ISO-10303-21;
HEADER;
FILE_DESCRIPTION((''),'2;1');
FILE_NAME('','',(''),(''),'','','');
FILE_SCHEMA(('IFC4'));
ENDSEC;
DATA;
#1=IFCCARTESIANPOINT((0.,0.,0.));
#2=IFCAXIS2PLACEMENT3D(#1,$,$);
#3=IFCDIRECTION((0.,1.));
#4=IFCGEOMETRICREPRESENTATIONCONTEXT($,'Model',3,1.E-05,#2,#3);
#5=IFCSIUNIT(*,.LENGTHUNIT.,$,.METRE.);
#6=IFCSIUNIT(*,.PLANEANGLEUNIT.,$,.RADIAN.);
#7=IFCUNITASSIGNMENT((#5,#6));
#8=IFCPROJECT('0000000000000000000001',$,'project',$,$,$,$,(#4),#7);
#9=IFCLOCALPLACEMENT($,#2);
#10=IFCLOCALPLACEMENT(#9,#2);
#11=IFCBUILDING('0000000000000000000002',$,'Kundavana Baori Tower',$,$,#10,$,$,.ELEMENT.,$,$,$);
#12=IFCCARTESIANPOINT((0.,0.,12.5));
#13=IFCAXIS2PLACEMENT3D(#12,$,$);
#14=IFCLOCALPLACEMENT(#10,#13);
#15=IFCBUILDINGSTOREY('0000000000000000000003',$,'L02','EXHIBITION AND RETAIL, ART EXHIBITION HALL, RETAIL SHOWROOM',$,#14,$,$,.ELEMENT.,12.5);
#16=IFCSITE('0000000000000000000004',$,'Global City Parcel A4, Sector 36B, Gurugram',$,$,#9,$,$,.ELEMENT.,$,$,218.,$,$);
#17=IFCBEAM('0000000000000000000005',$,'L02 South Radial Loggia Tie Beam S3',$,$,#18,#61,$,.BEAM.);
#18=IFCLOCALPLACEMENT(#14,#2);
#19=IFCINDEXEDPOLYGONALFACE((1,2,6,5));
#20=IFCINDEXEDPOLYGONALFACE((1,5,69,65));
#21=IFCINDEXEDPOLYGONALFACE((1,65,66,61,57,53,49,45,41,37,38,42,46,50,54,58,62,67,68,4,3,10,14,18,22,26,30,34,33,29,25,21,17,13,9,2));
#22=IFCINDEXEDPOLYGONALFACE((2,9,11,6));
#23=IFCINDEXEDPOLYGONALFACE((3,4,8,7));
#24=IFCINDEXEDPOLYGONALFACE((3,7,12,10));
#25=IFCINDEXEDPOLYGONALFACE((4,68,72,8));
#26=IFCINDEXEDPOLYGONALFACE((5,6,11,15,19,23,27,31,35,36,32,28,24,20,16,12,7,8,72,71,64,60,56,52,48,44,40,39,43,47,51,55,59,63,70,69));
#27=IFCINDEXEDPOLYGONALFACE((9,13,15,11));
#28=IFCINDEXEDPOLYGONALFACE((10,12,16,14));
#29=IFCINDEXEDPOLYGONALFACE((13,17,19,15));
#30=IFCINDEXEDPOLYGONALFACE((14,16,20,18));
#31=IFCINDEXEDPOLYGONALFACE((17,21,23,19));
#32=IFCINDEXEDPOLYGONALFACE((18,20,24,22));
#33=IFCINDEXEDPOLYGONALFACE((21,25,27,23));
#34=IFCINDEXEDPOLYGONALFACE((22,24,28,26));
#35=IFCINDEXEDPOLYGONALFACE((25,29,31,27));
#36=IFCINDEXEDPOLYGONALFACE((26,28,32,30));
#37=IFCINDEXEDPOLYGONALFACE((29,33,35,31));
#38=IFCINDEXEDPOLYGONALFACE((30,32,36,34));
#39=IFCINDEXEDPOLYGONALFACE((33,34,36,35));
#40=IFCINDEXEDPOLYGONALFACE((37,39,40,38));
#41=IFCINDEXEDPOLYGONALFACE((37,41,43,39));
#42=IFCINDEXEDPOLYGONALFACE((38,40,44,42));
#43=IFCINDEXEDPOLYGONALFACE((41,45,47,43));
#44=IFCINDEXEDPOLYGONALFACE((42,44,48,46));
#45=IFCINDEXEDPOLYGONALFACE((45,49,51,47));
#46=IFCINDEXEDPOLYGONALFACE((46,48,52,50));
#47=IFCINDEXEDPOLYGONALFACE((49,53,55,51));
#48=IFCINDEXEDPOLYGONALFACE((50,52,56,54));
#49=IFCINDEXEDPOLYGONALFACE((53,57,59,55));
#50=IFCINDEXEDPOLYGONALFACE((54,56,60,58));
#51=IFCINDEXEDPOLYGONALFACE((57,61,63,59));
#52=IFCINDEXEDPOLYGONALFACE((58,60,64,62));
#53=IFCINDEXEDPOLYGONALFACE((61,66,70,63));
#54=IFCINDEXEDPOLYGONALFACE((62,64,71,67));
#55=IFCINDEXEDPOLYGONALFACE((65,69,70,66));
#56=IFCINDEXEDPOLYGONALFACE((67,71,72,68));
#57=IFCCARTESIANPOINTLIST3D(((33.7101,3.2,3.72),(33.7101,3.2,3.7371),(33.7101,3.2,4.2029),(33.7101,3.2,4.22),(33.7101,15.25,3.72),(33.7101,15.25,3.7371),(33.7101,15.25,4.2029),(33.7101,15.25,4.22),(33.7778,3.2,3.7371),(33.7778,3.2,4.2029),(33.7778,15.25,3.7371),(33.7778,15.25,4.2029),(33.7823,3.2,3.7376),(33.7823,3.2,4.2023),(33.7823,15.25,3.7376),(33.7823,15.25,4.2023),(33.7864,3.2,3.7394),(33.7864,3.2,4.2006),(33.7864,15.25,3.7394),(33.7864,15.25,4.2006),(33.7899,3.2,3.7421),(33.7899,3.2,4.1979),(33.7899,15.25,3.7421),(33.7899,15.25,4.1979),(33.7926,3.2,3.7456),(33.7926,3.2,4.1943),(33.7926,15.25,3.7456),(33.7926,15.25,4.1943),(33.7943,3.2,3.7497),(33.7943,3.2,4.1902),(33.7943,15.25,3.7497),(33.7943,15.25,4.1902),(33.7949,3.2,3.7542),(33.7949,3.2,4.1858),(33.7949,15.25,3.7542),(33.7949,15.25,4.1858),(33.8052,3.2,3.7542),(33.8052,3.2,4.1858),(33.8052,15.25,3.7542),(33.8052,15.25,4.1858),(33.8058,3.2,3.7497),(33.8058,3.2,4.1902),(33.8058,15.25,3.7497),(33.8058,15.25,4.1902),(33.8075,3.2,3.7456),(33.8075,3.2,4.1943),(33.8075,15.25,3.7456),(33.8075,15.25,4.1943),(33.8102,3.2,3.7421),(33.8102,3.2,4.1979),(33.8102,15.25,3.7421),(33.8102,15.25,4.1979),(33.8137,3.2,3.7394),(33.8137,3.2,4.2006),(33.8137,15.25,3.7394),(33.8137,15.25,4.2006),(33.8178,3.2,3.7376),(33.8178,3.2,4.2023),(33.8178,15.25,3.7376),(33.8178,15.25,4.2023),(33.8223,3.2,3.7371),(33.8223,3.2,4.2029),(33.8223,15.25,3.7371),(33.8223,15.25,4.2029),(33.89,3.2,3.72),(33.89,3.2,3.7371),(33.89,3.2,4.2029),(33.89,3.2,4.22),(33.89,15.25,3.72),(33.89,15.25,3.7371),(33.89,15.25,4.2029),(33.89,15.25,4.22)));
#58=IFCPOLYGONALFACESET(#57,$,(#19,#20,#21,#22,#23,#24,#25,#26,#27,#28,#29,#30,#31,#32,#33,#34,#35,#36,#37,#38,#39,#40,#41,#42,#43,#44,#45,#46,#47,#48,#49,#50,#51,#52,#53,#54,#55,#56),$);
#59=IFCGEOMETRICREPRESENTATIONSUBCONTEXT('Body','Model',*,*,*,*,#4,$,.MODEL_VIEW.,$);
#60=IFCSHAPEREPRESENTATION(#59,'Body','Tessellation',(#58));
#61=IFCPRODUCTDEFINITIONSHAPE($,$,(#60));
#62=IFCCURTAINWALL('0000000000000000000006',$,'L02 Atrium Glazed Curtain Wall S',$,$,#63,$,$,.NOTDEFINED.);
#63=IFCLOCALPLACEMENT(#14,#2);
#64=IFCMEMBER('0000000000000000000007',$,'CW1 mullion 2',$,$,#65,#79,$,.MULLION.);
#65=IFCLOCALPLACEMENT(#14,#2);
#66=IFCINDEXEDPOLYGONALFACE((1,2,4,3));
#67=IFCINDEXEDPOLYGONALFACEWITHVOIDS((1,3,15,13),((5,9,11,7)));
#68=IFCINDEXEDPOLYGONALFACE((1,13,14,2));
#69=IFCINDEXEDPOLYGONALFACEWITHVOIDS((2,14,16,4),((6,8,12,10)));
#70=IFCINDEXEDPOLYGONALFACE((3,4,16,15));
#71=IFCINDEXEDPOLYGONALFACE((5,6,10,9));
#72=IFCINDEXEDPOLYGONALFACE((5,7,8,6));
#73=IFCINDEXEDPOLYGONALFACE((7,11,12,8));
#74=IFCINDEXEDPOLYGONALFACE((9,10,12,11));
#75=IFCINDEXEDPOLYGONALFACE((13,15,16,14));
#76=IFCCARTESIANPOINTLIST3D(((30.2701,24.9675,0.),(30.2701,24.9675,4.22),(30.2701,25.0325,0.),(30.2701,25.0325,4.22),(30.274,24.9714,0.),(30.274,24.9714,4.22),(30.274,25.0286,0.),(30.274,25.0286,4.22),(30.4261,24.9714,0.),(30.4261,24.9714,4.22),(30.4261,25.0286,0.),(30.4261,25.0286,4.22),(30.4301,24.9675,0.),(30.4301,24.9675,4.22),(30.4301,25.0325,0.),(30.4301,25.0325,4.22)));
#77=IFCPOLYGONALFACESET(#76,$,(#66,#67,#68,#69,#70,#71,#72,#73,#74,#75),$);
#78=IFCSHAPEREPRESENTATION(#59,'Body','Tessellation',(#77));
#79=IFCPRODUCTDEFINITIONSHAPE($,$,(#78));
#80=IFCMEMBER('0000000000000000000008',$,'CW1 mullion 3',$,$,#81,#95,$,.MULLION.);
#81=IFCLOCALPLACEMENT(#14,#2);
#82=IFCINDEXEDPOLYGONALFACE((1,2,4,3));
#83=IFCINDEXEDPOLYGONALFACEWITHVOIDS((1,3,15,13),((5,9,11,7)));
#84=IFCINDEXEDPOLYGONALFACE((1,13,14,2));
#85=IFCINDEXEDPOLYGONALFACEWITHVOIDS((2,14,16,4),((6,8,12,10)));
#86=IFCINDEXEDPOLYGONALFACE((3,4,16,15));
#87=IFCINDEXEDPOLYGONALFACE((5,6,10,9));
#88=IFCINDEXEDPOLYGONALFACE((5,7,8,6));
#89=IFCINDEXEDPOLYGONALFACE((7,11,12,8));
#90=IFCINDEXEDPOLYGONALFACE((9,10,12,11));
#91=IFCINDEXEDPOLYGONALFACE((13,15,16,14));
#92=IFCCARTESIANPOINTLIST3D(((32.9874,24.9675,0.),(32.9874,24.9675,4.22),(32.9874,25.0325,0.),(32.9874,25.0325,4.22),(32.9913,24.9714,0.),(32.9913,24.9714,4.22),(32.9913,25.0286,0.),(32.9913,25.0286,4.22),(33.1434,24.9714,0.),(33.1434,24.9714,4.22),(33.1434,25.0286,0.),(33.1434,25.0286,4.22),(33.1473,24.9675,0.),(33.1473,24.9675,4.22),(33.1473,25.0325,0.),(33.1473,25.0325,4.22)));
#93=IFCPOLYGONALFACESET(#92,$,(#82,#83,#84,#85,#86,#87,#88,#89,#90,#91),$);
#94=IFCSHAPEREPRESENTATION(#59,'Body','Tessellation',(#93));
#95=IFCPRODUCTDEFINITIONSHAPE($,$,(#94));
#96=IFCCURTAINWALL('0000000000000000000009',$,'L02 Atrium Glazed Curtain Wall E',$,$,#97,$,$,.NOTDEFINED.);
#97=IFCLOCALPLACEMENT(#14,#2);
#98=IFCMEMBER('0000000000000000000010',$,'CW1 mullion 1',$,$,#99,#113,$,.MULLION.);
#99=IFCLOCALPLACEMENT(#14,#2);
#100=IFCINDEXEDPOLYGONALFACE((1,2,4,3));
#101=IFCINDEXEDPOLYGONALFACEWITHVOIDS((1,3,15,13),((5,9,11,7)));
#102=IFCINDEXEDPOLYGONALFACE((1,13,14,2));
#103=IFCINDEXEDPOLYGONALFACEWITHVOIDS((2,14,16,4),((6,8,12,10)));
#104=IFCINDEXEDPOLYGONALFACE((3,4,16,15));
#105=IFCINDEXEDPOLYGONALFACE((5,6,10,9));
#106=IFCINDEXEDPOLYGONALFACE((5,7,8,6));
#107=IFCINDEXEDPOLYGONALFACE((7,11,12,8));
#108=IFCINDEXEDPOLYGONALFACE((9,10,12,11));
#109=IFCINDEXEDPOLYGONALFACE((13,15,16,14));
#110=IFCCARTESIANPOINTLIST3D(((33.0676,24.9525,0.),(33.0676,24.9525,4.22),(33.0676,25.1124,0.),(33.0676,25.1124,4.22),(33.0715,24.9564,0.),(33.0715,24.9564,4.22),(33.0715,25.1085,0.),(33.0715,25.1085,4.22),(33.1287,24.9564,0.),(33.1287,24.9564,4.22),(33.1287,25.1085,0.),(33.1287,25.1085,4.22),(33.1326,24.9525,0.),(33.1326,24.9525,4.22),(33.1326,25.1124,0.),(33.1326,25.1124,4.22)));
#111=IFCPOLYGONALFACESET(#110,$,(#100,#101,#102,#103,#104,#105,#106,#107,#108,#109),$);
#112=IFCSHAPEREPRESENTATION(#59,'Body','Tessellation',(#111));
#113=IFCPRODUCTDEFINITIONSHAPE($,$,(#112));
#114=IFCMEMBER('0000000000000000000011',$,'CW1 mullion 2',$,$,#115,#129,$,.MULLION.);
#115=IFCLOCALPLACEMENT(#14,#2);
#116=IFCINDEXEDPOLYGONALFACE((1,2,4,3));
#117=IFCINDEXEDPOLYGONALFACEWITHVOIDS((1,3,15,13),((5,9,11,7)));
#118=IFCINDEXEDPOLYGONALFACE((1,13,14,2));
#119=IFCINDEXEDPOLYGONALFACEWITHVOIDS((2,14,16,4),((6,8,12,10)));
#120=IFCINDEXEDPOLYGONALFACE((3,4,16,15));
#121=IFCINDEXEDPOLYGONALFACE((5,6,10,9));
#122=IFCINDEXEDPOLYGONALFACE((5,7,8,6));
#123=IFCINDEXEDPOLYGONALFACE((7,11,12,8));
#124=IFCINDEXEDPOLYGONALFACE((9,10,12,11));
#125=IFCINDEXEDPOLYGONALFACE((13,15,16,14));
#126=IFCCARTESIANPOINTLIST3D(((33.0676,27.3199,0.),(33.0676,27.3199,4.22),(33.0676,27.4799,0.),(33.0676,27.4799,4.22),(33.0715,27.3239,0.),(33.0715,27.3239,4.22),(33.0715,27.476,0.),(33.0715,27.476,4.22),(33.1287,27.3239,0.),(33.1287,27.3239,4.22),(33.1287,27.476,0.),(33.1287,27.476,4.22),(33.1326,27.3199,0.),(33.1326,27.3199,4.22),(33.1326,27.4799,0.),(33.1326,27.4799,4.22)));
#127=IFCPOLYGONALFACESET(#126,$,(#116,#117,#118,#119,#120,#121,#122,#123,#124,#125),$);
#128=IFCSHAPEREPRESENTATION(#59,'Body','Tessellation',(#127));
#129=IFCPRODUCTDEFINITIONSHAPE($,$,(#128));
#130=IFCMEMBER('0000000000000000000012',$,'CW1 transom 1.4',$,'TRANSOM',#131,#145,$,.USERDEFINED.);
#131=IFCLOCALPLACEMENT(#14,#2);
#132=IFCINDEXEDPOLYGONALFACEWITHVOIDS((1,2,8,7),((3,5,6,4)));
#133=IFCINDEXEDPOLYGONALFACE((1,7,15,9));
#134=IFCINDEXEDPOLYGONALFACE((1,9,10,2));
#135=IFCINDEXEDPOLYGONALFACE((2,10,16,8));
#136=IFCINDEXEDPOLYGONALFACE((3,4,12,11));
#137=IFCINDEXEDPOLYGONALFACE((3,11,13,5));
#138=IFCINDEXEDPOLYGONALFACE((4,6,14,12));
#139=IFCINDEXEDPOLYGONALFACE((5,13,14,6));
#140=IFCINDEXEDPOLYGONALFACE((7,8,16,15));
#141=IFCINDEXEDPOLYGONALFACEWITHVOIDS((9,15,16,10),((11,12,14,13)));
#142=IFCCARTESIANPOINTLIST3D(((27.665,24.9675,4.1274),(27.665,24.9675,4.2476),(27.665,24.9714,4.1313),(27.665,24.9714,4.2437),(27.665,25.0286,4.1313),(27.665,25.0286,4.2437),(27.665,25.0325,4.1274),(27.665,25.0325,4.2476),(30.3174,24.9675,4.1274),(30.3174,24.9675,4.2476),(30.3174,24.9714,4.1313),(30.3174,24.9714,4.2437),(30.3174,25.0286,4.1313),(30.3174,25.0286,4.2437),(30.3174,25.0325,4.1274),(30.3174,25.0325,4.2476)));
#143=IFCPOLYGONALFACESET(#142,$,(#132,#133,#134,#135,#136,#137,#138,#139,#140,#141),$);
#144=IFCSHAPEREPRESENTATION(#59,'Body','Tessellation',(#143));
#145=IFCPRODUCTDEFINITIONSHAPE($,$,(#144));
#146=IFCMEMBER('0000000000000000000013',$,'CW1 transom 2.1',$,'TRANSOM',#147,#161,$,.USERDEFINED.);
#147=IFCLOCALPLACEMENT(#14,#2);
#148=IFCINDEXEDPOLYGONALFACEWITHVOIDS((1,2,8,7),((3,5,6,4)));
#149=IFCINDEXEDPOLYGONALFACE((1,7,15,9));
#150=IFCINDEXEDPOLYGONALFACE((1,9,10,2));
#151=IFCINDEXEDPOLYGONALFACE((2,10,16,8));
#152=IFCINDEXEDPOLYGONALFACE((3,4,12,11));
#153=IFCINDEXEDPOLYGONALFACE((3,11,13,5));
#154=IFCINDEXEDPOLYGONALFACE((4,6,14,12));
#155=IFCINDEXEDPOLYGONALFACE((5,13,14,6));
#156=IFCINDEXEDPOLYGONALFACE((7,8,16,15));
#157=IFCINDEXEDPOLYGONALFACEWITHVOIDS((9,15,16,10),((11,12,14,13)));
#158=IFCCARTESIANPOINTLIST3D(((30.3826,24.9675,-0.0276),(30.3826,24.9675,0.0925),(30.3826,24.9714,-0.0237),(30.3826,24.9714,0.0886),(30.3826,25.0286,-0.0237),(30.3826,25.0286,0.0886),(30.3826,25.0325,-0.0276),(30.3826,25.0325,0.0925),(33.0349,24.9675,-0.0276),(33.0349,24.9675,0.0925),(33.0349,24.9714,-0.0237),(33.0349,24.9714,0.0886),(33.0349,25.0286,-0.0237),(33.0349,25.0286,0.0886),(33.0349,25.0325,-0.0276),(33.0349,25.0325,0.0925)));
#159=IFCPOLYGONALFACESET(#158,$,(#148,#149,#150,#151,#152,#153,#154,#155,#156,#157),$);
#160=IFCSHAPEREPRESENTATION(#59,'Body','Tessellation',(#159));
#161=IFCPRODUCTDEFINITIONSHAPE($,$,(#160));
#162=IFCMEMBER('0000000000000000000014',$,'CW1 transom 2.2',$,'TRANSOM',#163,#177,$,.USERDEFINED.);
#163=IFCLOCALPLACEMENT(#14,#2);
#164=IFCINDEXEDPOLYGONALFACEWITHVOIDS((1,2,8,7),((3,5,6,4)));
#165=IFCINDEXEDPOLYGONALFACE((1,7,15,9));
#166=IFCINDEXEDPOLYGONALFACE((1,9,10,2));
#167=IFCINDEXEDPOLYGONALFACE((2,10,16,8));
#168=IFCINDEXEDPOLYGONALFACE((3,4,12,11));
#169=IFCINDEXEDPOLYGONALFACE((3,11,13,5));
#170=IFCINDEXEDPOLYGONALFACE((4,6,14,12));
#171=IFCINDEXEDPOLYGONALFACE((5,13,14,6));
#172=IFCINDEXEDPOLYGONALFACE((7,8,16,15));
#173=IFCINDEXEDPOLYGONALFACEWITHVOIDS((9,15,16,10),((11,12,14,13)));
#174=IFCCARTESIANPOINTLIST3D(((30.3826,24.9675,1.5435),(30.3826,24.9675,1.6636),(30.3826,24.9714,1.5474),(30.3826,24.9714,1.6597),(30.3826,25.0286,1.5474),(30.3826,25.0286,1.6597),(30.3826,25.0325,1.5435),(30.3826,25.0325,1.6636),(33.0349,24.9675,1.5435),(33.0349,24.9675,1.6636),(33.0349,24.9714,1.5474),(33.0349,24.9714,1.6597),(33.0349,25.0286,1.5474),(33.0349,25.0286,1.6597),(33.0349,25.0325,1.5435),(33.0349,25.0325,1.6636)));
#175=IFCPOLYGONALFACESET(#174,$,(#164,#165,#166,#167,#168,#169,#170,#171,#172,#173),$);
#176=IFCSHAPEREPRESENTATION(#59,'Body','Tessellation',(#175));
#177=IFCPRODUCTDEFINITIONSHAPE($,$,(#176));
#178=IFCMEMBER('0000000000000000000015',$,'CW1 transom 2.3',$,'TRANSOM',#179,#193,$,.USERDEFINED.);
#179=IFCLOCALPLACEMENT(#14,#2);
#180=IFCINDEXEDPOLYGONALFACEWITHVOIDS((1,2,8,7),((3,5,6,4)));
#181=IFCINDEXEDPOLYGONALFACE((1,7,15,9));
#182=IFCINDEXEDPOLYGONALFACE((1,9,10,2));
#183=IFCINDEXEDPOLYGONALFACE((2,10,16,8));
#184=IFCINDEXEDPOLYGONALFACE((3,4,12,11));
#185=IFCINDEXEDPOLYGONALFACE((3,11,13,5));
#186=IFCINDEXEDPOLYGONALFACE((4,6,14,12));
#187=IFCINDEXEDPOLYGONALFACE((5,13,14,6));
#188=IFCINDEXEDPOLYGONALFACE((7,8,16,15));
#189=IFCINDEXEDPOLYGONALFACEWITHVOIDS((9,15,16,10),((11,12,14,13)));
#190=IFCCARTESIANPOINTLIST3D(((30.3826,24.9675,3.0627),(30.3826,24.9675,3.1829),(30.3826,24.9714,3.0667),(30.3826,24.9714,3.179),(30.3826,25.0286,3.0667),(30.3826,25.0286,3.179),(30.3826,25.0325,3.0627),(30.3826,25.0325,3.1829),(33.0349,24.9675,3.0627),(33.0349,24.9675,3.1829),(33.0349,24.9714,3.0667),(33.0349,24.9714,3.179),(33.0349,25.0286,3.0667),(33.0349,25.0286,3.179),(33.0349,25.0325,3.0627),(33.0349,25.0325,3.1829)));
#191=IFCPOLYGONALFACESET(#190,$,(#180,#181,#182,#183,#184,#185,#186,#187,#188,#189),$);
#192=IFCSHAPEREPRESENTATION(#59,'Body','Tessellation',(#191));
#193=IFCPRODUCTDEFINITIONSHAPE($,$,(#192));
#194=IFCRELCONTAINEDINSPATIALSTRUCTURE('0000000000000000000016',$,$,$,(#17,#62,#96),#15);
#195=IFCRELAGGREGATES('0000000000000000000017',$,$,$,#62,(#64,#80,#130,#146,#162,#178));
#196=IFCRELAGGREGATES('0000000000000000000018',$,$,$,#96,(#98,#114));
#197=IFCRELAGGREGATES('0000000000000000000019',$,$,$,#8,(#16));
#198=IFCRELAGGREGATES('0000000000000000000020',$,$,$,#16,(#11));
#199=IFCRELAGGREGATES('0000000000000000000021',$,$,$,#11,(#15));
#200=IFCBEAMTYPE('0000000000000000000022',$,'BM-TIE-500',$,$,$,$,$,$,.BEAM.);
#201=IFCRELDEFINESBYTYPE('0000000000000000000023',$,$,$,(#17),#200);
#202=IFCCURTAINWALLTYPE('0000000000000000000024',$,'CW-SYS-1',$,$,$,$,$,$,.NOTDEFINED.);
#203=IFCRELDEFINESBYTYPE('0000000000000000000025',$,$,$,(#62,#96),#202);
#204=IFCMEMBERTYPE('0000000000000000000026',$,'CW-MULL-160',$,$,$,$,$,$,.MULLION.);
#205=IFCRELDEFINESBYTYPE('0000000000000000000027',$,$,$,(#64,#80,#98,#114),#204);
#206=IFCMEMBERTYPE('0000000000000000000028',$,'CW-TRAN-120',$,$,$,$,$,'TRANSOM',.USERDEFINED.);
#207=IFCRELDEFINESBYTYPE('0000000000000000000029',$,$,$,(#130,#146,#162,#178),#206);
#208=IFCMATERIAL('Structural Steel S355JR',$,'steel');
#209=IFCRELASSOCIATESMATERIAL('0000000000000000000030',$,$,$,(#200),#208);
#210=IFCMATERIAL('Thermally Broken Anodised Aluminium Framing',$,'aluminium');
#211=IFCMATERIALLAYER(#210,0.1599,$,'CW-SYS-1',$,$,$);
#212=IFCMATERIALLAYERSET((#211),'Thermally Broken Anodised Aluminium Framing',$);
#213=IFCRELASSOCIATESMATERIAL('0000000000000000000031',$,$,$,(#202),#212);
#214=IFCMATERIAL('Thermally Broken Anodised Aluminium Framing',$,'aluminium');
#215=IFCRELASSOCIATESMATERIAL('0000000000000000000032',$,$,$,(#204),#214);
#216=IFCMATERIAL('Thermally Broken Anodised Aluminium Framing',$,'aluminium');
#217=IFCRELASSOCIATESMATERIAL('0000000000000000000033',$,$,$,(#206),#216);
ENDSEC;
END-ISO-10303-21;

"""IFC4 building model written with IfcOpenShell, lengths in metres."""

from ifc_helpers import new_model, si_unit, direction, frame, origin, origin_2d, place, context, subcontext, project, spatial, hollow_rectangle, i_section, extrude, material, layer, layer_set, material_profile, profile_set, type_object, element, aggregate, save


model = new_model("IFC4")

# Units and contexts
model_context = context("Model", 3, precision=1e-05, world=origin(), true_north=direction((0.0, 1.0)))
body_context = subcontext(model_context, "Body", "Model", "MODEL_VIEW")
ifc_project = project(units=[si_unit("LENGTHUNIT", "METRE"), si_unit("PLANEANGLEUNIT", "RADIAN")], contexts=[model_context])

# Site, building, storey
site_placement = place(None, origin())
site = spatial("IfcSite", under=ifc_project, at=site_placement, Name="Global City Parcel A4, Sector 36B, Gurugram", CompositionType="ELEMENT", RefElevation=218.0)
building_placement = place(site_placement, origin())
building = spatial("IfcBuilding", under=site, at=building_placement, Name="Kundavana Baori Tower", CompositionType="ELEMENT")
storey_placement = place(building_placement, frame((0.0, 0.0, 12.5)))
storey = spatial("IfcBuildingStorey", under=building, at=storey_placement, Name="L02", Description="EXHIBITION AND RETAIL, ART EXHIBITION HALL, RETAIL SHOWROOM", CompositionType="ELEMENT", Elevation=12.5)

# Beam
ifc_material_1 = material(Name="Structural Steel S355JR", Category="steel")
ifc_material_profile_1 = material_profile(ifc_material_1, i_section(OverallWidth=0.1799, OverallDepth=0.5, WebThickness=0.0103, FlangeThickness=0.0171, FilletRadius=0.0171, at=origin_2d()), Name="ISMB 500")
ifc_profile_set_1 = profile_set([ifc_material_profile_1], Name="Structural Steel S355JR")
beam_type_1 = type_object("IfcBeamType", Name="BM-TIE-500", PredefinedType="BEAM", material=ifc_profile_set_1)
beam_1_placement = place(storey_placement, frame((33.8, 15.25, 3.97), z_axis=(0.0, -1.0, 0.0), x_axis=(1.0, 0.0, 0.0)))
element("IfcBeam", 1, at=beam_1_placement, inside=storey, type_object=beam_type_1, Name="L02 South Radial Loggia Tie Beam S3", PredefinedType="BEAM", context=body_context, shape_type="SweptSolid", body=[
    extrude(i_section(OverallWidth=0.1799, OverallDepth=0.5, WebThickness=0.0103, FlangeThickness=0.0171, FilletRadius=0.0171, at=origin_2d()), origin(), (0.0, 0.0, 1.0), 12.05),
])

# Curtain walls, members
ifc_material_2 = material(Name="Thermally Broken Anodised Aluminium Framing", Category="aluminium")
ifc_layer_1 = layer(ifc_material_2, 0.1599, Name="CW-SYS-1")
ifc_layer_set_1 = layer_set([ifc_layer_1], Name="Thermally Broken Anodised Aluminium Framing")
curtain_wall_type = type_object("IfcCurtainWallType", Name="CW-SYS-1", PredefinedType="NOTDEFINED", material=ifc_layer_set_1)
curtain_wall_1_placement = place(storey_placement, origin())
curtain_wall_1 = element("IfcCurtainWall", 2, at=curtain_wall_1_placement, inside=storey, type_object=curtain_wall_type, Name="L02 Atrium Glazed Curtain Wall S", PredefinedType="NOTDEFINED")
ifc_material_3 = material(Name="Thermally Broken Anodised Aluminium Framing", Category="aluminium")
ifc_material_profile_2 = material_profile(ifc_material_3, hollow_rectangle(XDim=0.0649, YDim=0.1599, WallThickness=0.0039, at=origin_2d()), Name="CW-MULL-160")
ifc_profile_set_2 = profile_set([ifc_material_profile_2], Name="Thermally Broken Anodised Aluminium Framing")
member_type_1 = type_object("IfcMemberType", Name="CW-MULL-160", PredefinedType="MULLION", material=ifc_profile_set_2)
member_1_placement = place(storey_placement, frame((30.3501, 25.0, 0.0), z_axis=(0.0, 0.0, 1.0), x_axis=(0.0, 1.0, 0.0)))
member_1 = element("IfcMember", 3, at=member_1_placement, type_object=member_type_1, Name="CW1 mullion 2", PredefinedType="MULLION", context=body_context, shape_type="SweptSolid", body=[
    extrude(hollow_rectangle(XDim=0.0649, YDim=0.1599, WallThickness=0.0039, at=origin_2d()), origin(), (0.0, 0.0, 1.0), 4.22),
])
member_2_placement = place(storey_placement, frame((33.0674, 25.0, 0.0), z_axis=(0.0, 0.0, 1.0), x_axis=(0.0, 1.0, 0.0)))
member_2 = element("IfcMember", 4, at=member_2_placement, type_object=member_type_1, Name="CW1 mullion 3", PredefinedType="MULLION", context=body_context, shape_type="SweptSolid", body=[
    extrude(hollow_rectangle(XDim=0.0649, YDim=0.1599, WallThickness=0.0039, at=origin_2d()), origin(), (0.0, 0.0, 1.0), 4.22),
])
curtain_wall_2_placement = place(storey_placement, origin())
curtain_wall_2 = element("IfcCurtainWall", 5, at=curtain_wall_2_placement, inside=storey, type_object=curtain_wall_type, Name="L02 Atrium Glazed Curtain Wall E", PredefinedType="NOTDEFINED")
member_3_placement = place(storey_placement, frame((33.1001, 25.0325, 0.0), z_axis=(0.0, 0.0, 1.0), x_axis=(-1.0, 0.0, 0.0)))
member_3 = element("IfcMember", 6, at=member_3_placement, type_object=member_type_1, Name="CW1 mullion 1", PredefinedType="MULLION", context=body_context, shape_type="SweptSolid", body=[
    extrude(hollow_rectangle(XDim=0.0649, YDim=0.1599, WallThickness=0.0039, at=origin_2d()), origin(), (0.0, 0.0, 1.0), 4.22),
])
member_4_placement = place(storey_placement, frame((33.1001, 27.3999, 0.0), z_axis=(0.0, 0.0, 1.0), x_axis=(-1.0, 0.0, 0.0)))
member_4 = element("IfcMember", 7, at=member_4_placement, type_object=member_type_1, Name="CW1 mullion 2", PredefinedType="MULLION", context=body_context, shape_type="SweptSolid", body=[
    extrude(hollow_rectangle(XDim=0.0649, YDim=0.1599, WallThickness=0.0039, at=origin_2d()), origin(), (0.0, 0.0, 1.0), 4.22),
])

# Members
ifc_material_4 = material(Name="Thermally Broken Anodised Aluminium Framing", Category="aluminium")
ifc_material_profile_3 = material_profile(ifc_material_4, hollow_rectangle(XDim=0.0649, YDim=0.1201, WallThickness=0.0039, at=origin_2d()), Name="CW-TRAN-120")
ifc_profile_set_3 = profile_set([ifc_material_profile_3], Name="Thermally Broken Anodised Aluminium Framing")
member_type_2 = type_object("IfcMemberType", Name="CW-TRAN-120", ElementType="TRANSOM", PredefinedType="USERDEFINED", material=ifc_profile_set_3)
member_5_placement = place(storey_placement, frame((27.665, 25.0, 4.1875), z_axis=(1.0, 0.0, 0.0), x_axis=(0.0, 1.0, 0.0)))
member_5 = element("IfcMember", 8, at=member_5_placement, type_object=member_type_2, Name="CW1 transom 1.4", ObjectType="TRANSOM", PredefinedType="USERDEFINED", context=body_context, shape_type="SweptSolid", body=[
    extrude(hollow_rectangle(XDim=0.0649, YDim=0.1201, WallThickness=0.0039, at=origin_2d()), origin(), (0.0, 0.0, 1.0), 2.6523),
])
member_6_placement = place(storey_placement, frame((30.3826, 25.0, 0.0325), z_axis=(1.0, 0.0, 0.0), x_axis=(0.0, 1.0, 0.0)))
member_6 = element("IfcMember", 9, at=member_6_placement, type_object=member_type_2, Name="CW1 transom 2.1", ObjectType="TRANSOM", PredefinedType="USERDEFINED", context=body_context, shape_type="SweptSolid", body=[
    extrude(hollow_rectangle(XDim=0.0649, YDim=0.1201, WallThickness=0.0039, at=origin_2d()), origin(), (0.0, 0.0, 1.0), 2.6523),
])
member_7_placement = place(storey_placement, frame((30.3826, 25.0, 1.6035), z_axis=(1.0, 0.0, 0.0), x_axis=(0.0, 1.0, 0.0)))
member_7 = element("IfcMember", 10, at=member_7_placement, type_object=member_type_2, Name="CW1 transom 2.2", ObjectType="TRANSOM", PredefinedType="USERDEFINED", context=body_context, shape_type="SweptSolid", body=[
    extrude(hollow_rectangle(XDim=0.0649, YDim=0.1201, WallThickness=0.0039, at=origin_2d()), origin(), (0.0, 0.0, 1.0), 2.6523),
])
member_8_placement = place(storey_placement, frame((30.3826, 25.0, 3.1228), z_axis=(1.0, 0.0, 0.0), x_axis=(0.0, 1.0, 0.0)))
member_8 = element("IfcMember", 11, at=member_8_placement, type_object=member_type_2, Name="CW1 transom 2.3", ObjectType="TRANSOM", PredefinedType="USERDEFINED", context=body_context, shape_type="SweptSolid", body=[
    extrude(hollow_rectangle(XDim=0.0649, YDim=0.1201, WallThickness=0.0039, at=origin_2d()), origin(), (0.0, 0.0, 1.0), 2.6523),
])

aggregate(curtain_wall_1, [member_1, member_2, member_5, member_6, member_7, member_8])
aggregate(curtain_wall_2, [member_3, member_4])

save(model, "model.ifc")
